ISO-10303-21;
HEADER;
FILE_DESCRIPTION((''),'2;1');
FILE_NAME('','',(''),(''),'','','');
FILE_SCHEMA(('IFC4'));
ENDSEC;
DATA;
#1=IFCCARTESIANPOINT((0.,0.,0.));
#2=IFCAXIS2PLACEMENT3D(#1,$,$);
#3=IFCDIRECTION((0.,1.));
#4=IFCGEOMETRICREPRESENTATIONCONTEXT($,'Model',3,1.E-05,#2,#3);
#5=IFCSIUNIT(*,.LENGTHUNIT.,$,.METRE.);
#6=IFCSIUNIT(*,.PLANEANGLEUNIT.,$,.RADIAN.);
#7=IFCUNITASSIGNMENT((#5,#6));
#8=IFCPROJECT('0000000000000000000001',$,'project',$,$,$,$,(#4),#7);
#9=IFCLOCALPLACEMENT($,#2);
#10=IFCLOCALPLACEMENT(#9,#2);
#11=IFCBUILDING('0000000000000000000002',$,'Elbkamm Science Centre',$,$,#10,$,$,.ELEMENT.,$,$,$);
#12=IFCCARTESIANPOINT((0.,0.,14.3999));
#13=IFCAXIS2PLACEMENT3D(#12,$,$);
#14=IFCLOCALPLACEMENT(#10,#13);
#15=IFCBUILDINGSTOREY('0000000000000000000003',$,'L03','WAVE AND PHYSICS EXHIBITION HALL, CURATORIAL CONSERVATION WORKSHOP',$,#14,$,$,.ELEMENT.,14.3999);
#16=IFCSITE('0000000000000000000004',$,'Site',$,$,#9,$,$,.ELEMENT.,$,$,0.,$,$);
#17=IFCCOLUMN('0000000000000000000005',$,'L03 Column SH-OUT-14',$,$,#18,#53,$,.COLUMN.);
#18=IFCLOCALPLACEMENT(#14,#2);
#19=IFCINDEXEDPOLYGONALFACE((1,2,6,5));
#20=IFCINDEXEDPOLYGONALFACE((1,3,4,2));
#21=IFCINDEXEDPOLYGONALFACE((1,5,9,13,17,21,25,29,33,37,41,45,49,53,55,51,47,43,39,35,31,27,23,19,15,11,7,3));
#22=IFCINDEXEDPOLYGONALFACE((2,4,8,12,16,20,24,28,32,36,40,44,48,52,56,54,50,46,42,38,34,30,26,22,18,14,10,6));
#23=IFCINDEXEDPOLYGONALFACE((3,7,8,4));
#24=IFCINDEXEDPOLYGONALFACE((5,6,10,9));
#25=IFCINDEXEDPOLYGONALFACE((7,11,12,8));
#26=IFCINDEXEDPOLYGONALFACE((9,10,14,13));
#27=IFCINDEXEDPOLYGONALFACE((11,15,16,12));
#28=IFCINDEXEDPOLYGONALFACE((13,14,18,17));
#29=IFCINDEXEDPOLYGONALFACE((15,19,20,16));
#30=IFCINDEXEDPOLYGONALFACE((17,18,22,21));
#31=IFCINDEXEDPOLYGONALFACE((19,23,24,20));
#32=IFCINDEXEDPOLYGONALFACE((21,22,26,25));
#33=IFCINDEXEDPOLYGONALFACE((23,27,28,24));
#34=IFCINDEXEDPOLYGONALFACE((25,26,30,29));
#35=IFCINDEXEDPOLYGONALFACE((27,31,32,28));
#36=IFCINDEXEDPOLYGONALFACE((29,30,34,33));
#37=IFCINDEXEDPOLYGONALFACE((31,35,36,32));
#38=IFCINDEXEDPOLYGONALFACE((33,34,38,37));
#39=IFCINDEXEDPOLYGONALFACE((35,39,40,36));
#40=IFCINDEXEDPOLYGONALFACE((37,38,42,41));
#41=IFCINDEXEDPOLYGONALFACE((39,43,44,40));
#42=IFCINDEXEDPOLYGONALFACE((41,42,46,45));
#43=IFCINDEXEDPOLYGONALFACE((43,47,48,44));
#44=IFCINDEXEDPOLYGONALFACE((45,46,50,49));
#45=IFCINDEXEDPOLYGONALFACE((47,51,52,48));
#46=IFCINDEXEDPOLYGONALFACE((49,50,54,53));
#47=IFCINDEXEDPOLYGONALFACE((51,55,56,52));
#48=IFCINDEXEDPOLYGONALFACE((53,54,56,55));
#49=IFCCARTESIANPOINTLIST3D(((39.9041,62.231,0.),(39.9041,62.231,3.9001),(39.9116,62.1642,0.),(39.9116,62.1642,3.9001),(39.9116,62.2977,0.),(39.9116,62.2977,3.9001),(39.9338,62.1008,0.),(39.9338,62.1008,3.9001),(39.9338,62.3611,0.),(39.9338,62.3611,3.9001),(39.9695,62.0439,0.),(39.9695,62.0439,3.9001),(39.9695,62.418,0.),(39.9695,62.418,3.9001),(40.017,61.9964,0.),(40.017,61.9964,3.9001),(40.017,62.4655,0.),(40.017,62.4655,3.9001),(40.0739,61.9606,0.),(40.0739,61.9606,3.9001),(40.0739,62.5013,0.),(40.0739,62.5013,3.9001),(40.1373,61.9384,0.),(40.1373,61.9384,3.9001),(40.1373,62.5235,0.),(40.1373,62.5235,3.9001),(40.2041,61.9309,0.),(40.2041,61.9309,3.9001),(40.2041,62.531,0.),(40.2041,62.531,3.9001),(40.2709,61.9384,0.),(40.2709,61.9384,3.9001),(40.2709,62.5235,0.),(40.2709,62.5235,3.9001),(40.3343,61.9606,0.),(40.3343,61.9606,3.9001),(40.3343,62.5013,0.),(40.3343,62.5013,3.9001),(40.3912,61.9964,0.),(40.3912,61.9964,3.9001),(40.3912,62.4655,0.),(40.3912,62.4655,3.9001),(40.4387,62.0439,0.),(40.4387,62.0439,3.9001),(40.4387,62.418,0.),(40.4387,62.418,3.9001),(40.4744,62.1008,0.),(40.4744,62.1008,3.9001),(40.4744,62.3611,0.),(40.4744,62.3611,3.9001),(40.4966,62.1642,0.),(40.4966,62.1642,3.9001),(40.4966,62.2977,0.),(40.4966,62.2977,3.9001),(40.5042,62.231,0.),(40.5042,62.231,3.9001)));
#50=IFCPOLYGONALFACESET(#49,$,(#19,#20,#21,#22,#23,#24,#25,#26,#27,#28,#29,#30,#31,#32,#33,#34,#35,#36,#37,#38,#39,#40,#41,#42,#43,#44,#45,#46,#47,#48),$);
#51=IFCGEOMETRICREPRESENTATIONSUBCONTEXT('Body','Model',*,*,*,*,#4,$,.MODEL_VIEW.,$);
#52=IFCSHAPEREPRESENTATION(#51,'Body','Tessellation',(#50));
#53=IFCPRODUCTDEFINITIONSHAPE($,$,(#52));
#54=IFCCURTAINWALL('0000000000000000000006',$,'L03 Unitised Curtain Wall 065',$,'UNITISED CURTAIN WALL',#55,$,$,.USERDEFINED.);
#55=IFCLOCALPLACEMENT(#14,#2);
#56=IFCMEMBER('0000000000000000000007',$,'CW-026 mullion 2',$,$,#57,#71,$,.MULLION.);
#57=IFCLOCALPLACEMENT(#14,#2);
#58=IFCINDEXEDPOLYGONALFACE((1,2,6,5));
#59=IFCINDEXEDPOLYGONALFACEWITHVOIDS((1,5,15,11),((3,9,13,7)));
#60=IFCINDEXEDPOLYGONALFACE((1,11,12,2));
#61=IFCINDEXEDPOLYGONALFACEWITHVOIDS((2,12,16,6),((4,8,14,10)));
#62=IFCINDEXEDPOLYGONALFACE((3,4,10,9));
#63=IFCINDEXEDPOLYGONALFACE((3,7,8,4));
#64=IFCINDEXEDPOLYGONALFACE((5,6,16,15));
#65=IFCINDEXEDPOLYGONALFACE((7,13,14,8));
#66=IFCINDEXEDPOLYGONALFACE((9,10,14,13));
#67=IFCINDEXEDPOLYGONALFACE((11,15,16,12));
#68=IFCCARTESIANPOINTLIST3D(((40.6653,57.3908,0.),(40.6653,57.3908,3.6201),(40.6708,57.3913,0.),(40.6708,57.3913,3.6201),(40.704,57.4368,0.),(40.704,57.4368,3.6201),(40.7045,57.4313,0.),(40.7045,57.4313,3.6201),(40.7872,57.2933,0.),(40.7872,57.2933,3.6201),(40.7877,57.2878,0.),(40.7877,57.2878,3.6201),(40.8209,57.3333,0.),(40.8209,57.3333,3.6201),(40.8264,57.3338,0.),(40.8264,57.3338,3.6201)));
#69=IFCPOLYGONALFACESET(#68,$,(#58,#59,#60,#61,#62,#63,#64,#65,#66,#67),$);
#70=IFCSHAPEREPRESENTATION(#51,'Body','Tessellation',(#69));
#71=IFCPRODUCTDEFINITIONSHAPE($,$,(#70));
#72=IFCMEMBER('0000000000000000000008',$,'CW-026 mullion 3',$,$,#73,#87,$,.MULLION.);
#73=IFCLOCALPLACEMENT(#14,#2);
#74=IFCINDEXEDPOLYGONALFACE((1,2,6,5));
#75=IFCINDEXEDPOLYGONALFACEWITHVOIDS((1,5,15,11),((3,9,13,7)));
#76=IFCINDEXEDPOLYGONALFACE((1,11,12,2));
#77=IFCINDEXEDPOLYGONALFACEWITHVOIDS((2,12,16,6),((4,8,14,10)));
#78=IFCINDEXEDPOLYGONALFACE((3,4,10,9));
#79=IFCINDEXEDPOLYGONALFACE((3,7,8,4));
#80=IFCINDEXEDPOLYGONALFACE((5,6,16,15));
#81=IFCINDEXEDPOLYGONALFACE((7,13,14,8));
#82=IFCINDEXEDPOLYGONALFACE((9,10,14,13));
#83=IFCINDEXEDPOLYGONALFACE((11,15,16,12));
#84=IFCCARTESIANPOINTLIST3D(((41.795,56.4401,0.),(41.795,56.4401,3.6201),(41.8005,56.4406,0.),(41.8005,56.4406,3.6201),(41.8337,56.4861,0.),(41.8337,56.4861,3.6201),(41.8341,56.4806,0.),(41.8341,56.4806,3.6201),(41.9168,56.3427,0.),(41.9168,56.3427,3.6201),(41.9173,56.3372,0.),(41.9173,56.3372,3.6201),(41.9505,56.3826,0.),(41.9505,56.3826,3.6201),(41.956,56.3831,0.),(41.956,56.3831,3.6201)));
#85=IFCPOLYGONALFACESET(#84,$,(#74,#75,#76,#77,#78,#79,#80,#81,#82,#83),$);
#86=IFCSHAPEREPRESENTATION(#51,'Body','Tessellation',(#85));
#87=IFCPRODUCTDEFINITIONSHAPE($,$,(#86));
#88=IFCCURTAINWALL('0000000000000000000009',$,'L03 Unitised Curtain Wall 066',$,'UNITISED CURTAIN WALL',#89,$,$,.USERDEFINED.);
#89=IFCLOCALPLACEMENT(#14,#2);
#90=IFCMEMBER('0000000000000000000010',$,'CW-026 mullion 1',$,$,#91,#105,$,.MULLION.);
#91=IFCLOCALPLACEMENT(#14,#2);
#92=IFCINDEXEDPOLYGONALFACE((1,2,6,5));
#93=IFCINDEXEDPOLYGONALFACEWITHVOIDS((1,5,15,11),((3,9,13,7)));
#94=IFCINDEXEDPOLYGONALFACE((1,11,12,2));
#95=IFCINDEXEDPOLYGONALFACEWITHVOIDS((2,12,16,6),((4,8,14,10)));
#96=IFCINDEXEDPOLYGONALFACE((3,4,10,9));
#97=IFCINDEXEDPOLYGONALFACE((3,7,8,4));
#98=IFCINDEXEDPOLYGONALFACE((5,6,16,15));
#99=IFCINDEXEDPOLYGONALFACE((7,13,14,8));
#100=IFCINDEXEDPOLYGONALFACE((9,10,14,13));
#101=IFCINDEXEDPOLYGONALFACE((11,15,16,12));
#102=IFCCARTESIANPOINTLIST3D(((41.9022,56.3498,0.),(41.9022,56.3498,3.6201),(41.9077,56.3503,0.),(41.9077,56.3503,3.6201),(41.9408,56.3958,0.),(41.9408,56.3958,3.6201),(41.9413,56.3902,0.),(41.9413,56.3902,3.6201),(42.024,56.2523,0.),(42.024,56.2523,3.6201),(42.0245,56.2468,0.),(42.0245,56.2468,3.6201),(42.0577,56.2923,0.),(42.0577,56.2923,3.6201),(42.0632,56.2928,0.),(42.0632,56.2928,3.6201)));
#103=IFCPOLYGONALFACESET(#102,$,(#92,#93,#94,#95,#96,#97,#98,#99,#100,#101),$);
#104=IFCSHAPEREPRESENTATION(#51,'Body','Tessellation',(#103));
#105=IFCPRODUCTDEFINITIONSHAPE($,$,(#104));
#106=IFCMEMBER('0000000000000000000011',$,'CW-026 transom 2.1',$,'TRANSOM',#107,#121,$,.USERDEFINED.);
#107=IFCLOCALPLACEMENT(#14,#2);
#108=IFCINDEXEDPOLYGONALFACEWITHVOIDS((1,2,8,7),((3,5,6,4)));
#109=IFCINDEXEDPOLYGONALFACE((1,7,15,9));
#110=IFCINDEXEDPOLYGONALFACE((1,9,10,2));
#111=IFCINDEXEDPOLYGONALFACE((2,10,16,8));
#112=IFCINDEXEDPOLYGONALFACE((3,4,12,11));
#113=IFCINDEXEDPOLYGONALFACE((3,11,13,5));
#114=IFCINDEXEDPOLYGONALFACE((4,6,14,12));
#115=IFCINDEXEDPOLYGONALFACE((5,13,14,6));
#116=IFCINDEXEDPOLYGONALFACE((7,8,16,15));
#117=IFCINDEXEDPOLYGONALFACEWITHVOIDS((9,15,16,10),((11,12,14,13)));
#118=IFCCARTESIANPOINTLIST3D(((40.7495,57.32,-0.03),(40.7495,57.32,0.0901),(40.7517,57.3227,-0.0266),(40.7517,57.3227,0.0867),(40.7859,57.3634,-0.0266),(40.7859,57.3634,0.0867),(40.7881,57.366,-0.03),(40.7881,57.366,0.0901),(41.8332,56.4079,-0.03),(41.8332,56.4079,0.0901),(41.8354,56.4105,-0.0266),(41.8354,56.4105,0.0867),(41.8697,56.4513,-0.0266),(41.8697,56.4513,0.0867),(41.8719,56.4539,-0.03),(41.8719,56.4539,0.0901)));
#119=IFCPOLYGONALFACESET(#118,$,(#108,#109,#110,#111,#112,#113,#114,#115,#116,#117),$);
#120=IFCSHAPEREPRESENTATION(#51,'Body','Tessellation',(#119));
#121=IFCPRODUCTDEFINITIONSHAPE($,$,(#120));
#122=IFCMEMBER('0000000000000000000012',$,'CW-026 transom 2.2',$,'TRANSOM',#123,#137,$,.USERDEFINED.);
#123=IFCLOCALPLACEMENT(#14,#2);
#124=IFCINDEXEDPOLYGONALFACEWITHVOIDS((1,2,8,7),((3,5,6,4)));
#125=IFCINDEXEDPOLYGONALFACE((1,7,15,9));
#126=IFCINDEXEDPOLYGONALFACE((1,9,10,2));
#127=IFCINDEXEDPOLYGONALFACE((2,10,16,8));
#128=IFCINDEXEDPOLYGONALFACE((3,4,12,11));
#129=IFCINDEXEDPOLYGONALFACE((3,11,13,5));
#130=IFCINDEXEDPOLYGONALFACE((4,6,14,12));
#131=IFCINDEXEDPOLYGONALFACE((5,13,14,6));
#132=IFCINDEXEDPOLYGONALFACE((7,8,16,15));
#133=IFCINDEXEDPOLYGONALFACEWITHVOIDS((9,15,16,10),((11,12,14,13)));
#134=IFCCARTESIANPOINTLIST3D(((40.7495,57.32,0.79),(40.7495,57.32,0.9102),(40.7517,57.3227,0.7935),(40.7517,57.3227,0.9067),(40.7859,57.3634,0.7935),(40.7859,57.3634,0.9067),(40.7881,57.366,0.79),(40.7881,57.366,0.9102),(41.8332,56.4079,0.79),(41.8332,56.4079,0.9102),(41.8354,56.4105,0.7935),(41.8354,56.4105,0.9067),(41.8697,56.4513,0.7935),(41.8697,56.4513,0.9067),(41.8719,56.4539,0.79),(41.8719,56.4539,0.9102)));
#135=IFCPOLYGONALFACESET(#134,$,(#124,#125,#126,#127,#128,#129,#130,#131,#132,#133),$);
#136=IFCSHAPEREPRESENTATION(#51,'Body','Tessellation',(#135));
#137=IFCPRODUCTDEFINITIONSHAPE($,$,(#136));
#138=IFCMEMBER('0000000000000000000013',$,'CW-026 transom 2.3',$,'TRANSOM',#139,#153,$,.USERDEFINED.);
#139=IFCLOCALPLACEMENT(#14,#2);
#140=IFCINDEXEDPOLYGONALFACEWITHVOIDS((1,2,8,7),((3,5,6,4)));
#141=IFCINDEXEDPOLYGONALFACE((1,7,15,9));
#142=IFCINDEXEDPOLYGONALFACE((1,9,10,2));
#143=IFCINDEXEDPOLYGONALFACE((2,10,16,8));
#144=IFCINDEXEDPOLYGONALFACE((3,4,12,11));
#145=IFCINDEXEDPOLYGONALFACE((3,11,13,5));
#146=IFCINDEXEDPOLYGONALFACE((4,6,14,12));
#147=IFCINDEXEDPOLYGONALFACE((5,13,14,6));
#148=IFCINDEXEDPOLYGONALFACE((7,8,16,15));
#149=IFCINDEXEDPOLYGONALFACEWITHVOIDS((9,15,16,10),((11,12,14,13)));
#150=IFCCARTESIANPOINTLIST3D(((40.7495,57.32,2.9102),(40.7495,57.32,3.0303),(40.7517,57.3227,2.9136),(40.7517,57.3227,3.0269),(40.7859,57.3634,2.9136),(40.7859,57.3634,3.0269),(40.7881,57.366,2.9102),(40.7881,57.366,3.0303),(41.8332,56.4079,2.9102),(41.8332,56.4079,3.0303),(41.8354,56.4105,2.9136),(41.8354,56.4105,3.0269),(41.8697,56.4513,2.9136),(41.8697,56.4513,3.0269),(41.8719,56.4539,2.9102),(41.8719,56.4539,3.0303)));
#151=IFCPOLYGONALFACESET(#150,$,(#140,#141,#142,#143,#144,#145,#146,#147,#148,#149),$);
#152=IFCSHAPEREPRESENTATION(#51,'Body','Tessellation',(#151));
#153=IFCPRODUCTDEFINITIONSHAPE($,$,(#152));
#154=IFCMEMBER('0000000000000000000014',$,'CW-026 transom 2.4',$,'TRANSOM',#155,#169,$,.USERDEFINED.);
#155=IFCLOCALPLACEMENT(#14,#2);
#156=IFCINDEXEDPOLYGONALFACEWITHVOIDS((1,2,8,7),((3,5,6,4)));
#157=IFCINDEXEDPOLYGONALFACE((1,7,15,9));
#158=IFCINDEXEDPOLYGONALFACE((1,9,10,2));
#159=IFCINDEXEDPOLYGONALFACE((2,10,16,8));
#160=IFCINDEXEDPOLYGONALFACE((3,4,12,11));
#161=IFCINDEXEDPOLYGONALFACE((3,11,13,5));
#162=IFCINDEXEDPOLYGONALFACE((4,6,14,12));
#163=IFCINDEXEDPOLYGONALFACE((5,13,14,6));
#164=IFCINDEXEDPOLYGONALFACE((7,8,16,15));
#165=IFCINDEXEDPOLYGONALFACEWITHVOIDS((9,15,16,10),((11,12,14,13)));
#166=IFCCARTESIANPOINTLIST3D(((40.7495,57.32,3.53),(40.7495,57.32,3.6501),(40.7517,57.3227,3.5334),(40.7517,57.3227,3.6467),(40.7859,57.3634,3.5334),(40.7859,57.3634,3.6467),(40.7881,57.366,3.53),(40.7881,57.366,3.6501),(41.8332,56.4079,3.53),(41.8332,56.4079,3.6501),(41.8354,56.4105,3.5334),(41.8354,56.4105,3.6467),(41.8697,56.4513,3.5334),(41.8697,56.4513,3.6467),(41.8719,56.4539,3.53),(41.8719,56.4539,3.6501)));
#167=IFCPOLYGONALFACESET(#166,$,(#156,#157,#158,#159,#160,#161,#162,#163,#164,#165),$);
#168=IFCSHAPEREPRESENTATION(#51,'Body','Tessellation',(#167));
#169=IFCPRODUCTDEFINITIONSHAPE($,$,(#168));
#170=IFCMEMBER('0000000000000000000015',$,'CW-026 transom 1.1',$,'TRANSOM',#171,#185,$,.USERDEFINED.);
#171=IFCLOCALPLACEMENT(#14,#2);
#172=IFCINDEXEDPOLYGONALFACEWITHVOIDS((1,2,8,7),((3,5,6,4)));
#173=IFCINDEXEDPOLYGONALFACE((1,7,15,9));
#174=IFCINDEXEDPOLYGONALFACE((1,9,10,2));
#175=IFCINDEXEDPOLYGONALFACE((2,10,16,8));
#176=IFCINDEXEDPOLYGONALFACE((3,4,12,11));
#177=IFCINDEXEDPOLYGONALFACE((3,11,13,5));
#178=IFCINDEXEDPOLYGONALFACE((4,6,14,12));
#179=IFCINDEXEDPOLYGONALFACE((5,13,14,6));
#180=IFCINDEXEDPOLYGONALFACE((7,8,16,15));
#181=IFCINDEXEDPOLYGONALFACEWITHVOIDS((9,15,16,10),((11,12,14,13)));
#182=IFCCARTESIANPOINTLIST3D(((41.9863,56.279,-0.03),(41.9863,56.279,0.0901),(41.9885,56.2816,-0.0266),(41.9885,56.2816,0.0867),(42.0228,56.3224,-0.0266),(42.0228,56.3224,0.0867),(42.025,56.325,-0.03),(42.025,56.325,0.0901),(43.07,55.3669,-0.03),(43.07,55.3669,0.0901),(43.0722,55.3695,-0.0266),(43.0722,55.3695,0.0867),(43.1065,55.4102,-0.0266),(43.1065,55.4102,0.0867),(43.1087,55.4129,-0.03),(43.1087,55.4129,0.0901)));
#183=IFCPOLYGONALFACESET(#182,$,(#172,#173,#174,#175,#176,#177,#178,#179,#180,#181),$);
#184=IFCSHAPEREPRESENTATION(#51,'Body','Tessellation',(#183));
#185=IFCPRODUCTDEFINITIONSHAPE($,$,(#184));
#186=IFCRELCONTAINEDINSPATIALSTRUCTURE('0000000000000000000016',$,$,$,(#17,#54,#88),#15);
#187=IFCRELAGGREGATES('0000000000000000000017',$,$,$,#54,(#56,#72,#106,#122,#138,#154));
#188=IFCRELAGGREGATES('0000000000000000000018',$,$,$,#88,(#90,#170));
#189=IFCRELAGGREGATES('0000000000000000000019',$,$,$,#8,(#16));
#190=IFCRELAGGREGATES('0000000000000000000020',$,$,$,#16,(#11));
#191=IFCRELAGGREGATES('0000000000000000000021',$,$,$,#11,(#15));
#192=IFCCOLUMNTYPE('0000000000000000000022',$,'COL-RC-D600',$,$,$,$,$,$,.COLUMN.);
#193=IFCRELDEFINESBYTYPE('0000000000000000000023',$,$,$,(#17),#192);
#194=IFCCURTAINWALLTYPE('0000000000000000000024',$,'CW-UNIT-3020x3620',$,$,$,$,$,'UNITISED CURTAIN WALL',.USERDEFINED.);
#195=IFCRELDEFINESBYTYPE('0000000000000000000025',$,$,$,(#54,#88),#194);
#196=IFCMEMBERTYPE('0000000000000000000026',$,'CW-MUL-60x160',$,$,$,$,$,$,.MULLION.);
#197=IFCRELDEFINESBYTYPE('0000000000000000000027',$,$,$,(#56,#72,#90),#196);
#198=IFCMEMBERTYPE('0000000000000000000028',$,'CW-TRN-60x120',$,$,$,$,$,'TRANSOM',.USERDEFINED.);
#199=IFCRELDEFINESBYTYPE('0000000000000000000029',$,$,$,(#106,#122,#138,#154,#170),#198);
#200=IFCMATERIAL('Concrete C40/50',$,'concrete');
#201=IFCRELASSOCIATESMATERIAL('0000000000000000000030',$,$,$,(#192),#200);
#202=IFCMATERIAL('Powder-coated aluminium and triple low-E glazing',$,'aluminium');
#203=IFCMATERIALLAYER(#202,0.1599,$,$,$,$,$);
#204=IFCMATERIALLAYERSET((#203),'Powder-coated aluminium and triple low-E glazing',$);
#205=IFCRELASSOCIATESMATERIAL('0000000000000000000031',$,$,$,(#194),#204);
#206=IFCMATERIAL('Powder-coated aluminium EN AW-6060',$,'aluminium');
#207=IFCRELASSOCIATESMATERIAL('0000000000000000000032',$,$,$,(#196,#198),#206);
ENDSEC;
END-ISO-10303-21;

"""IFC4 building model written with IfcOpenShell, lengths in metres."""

from ifc_helpers import new_model, si_unit, direction, frame, origin, origin_2d, place, context, subcontext, project, spatial, hollow_rectangle, circle, extrude, material, layer, layer_set, material_profile, profile_set, type_object, element, aggregate, save


model = new_model("IFC4")

# Units and contexts
model_context = context("Model", 3, precision=1e-05, world=origin(), true_north=direction((0.0, 1.0)))
body_context = subcontext(model_context, "Body", "Model", "MODEL_VIEW")
ifc_project = project(units=[si_unit("LENGTHUNIT", "METRE"), si_unit("PLANEANGLEUNIT", "RADIAN")], contexts=[model_context])

# Site, building, storey
site_placement = place(None, origin())
site = spatial("IfcSite", under=ifc_project, at=site_placement, Name="Site", CompositionType="ELEMENT", RefElevation=0.0)
building_placement = place(site_placement, origin())
building = spatial("IfcBuilding", under=site, at=building_placement, Name="Elbkamm Science Centre", CompositionType="ELEMENT")
storey_placement = place(building_placement, frame((0.0, 0.0, 14.3999)))
storey = spatial("IfcBuildingStorey", under=building, at=storey_placement, Name="L03", Description="WAVE AND PHYSICS EXHIBITION HALL, CURATORIAL CONSERVATION WORKSHOP", CompositionType="ELEMENT", Elevation=14.3999)

# Column
ifc_material_1 = material(Name="Concrete C40/50", Category="concrete")
ifc_material_profile_1 = material_profile(ifc_material_1, circle(Radius=0.3, at=origin_2d()), Name="RC D600")
ifc_profile_set_1 = profile_set([ifc_material_profile_1], Name="Concrete C40/50")
column_type = type_object("IfcColumnType", Name="COL-RC-D600", PredefinedType="COLUMN", material=ifc_profile_set_1)
column_placement = place(storey_placement, frame((40.2041, 62.231, 0.0), z_axis=(0.0, 0.0, 1.0), x_axis=(1.0, 0.0, 0.0)))
element("IfcColumn", 1, at=column_placement, inside=storey, type_object=column_type, Name="L03 Column SH-OUT-14", PredefinedType="COLUMN", context=body_context, shape_type="SweptSolid", body=[
    extrude(circle(Radius=0.3, at=origin_2d()), origin(), (0.0, 0.0, 1.0), 3.9001),
])

# Curtain wall, members
ifc_material_2 = material(Name="Powder-coated aluminium and triple low-E glazing", Category="aluminium")
ifc_layer_1 = layer(ifc_material_2, 0.1599)
ifc_layer_set_1 = layer_set([ifc_layer_1], Name="Powder-coated aluminium and triple low-E glazing")
curtain_wall_type = type_object("IfcCurtainWallType", Name="CW-UNIT-3020x3620", ElementType="UNITISED CURTAIN WALL", PredefinedType="USERDEFINED", material=ifc_layer_set_1)
curtain_wall_1_placement = place(storey_placement, origin())
curtain_wall_1 = element("IfcCurtainWall", 2, at=curtain_wall_1_placement, inside=storey, type_object=curtain_wall_type, Name="L03 Unitised Curtain Wall 065", ObjectType="UNITISED CURTAIN WALL", PredefinedType="USERDEFINED")
ifc_material_3 = material(Name="Powder-coated aluminium EN AW-6060", Category="aluminium")
ifc_material_profile_2 = material_profile(ifc_material_3, hollow_rectangle(XDim=0.0601, YDim=0.1599, WallThickness=0.0039, at=origin_2d()), Name="ALU M60x160")
ifc_profile_set_2 = profile_set([ifc_material_profile_2], Name="Powder-coated aluminium EN AW-6060")
member_type_1 = type_object("IfcMemberType", Name="CW-MUL-60x160", PredefinedType="MULLION", material=ifc_profile_set_2)
member_1_placement = place(storey_placement, frame((40.7458, 57.3623, 0.0), z_axis=(0.0, 0.0, 1.0), x_axis=(0.643957, 0.765062, 0.0)))
member_1 = element("IfcMember", 3, at=member_1_placement, type_object=member_type_1, Name="CW-026 mullion 2", PredefinedType="MULLION", context=body_context, shape_type="SweptSolid", body=[
    extrude(hollow_rectangle(XDim=0.0601, YDim=0.1599, WallThickness=0.0039, at=origin_2d()), origin(), (0.0, 0.0, 1.0), 3.6201),
])
member_2_placement = place(storey_placement, frame((41.8755, 56.4116, 0.0), z_axis=(0.0, 0.0, 1.0), x_axis=(0.643957, 0.765062, 0.0)))
member_2 = element("IfcMember", 4, at=member_2_placement, type_object=member_type_1, Name="CW-026 mullion 3", PredefinedType="MULLION", context=body_context, shape_type="SweptSolid", body=[
    extrude(hollow_rectangle(XDim=0.0601, YDim=0.1599, WallThickness=0.0039, at=origin_2d()), origin(), (0.0, 0.0, 1.0), 3.6201),
])

# Curtain wall, member
curtain_wall_2_placement = place(storey_placement, origin())
curtain_wall_2 = element("IfcCurtainWall", 5, at=curtain_wall_2_placement, inside=storey, type_object=curtain_wall_type, Name="L03 Unitised Curtain Wall 066", ObjectType="UNITISED CURTAIN WALL", PredefinedType="USERDEFINED")
member_3_placement = place(storey_placement, frame((41.9827, 56.3213, 0.0), z_axis=(0.0, 0.0, 1.0), x_axis=(0.643957, 0.765062, 0.0)))
member_3 = element("IfcMember", 6, at=member_3_placement, type_object=member_type_1, Name="CW-026 mullion 1", PredefinedType="MULLION", context=body_context, shape_type="SweptSolid", body=[
    extrude(hollow_rectangle(XDim=0.0601, YDim=0.1599, WallThickness=0.0039, at=origin_2d()), origin(), (0.0, 0.0, 1.0), 3.6201),
])

# Members
ifc_material_profile_3 = material_profile(ifc_material_3, hollow_rectangle(XDim=0.0601, YDim=0.1201, WallThickness=0.0034, at=origin_2d()), Name="ALU T60x120")
ifc_profile_set_3 = profile_set([ifc_material_profile_3], Name="Powder-coated aluminium EN AW-6060")
member_type_2 = type_object("IfcMemberType", Name="CW-TRN-60x120", ElementType="TRANSOM", PredefinedType="USERDEFINED", material=ifc_profile_set_3)
member_4_placement = place(storey_placement, frame((40.7688, 57.343, 0.03), z_axis=(0.76509, -0.643923, 0.0), x_axis=(0.643923, 0.76509, 0.0)))
member_4 = element("IfcMember", 7, at=member_4_placement, type_object=member_type_2, Name="CW-026 transom 2.1", ObjectType="TRANSOM", PredefinedType="USERDEFINED", context=body_context, shape_type="SweptSolid", body=[
    extrude(hollow_rectangle(XDim=0.0601, YDim=0.1201, WallThickness=0.0034, at=origin_2d()), origin(), (0.0, 0.0, 1.0), 1.4165),
])
member_5_placement = place(storey_placement, frame((40.7688, 57.343, 0.8501), z_axis=(0.76509, -0.643923, 0.0), x_axis=(0.643923, 0.76509, 0.0)))
member_5 = element("IfcMember", 8, at=member_5_placement, type_object=member_type_2, Name="CW-026 transom 2.2", ObjectType="TRANSOM", PredefinedType="USERDEFINED", context=body_context, shape_type="SweptSolid", body=[
    extrude(hollow_rectangle(XDim=0.0601, YDim=0.1201, WallThickness=0.0034, at=origin_2d()), origin(), (0.0, 0.0, 1.0), 1.4165),
])
member_6_placement = place(storey_placement, frame((40.7688, 57.343, 2.9702), z_axis=(0.76509, -0.643923, 0.0), x_axis=(0.643923, 0.76509, 0.0)))
member_6 = element("IfcMember", 9, at=member_6_placement, type_object=member_type_2, Name="CW-026 transom 2.3", ObjectType="TRANSOM", PredefinedType="USERDEFINED", context=body_context, shape_type="SweptSolid", body=[
    extrude(hollow_rectangle(XDim=0.0601, YDim=0.1201, WallThickness=0.0034, at=origin_2d()), origin(), (0.0, 0.0, 1.0), 1.4165),
])
member_7_placement = place(storey_placement, frame((40.7688, 57.343, 3.5901), z_axis=(0.76509, -0.643923, 0.0), x_axis=(0.643923, 0.76509, 0.0)))
member_7 = element("IfcMember", 10, at=member_7_placement, type_object=member_type_2, Name="CW-026 transom 2.4", ObjectType="TRANSOM", PredefinedType="USERDEFINED", context=body_context, shape_type="SweptSolid", body=[
    extrude(hollow_rectangle(XDim=0.0601, YDim=0.1201, WallThickness=0.0034, at=origin_2d()), origin(), (0.0, 0.0, 1.0), 1.4165),
])
member_8_placement = place(storey_placement, frame((42.0056, 56.302, 0.03), z_axis=(0.76509, -0.643923, 0.0), x_axis=(0.643923, 0.76509, 0.0)))
member_8 = element("IfcMember", 11, at=member_8_placement, type_object=member_type_2, Name="CW-026 transom 1.1", ObjectType="TRANSOM", PredefinedType="USERDEFINED", context=body_context, shape_type="SweptSolid", body=[
    extrude(hollow_rectangle(XDim=0.0601, YDim=0.1201, WallThickness=0.0034, at=origin_2d()), origin(), (0.0, 0.0, 1.0), 1.4165),
])

aggregate(curtain_wall_1, [member_1, member_2, member_4, member_5, member_6, member_7])
aggregate(curtain_wall_2, [member_3, member_8])

save(model, "model.ifc")
